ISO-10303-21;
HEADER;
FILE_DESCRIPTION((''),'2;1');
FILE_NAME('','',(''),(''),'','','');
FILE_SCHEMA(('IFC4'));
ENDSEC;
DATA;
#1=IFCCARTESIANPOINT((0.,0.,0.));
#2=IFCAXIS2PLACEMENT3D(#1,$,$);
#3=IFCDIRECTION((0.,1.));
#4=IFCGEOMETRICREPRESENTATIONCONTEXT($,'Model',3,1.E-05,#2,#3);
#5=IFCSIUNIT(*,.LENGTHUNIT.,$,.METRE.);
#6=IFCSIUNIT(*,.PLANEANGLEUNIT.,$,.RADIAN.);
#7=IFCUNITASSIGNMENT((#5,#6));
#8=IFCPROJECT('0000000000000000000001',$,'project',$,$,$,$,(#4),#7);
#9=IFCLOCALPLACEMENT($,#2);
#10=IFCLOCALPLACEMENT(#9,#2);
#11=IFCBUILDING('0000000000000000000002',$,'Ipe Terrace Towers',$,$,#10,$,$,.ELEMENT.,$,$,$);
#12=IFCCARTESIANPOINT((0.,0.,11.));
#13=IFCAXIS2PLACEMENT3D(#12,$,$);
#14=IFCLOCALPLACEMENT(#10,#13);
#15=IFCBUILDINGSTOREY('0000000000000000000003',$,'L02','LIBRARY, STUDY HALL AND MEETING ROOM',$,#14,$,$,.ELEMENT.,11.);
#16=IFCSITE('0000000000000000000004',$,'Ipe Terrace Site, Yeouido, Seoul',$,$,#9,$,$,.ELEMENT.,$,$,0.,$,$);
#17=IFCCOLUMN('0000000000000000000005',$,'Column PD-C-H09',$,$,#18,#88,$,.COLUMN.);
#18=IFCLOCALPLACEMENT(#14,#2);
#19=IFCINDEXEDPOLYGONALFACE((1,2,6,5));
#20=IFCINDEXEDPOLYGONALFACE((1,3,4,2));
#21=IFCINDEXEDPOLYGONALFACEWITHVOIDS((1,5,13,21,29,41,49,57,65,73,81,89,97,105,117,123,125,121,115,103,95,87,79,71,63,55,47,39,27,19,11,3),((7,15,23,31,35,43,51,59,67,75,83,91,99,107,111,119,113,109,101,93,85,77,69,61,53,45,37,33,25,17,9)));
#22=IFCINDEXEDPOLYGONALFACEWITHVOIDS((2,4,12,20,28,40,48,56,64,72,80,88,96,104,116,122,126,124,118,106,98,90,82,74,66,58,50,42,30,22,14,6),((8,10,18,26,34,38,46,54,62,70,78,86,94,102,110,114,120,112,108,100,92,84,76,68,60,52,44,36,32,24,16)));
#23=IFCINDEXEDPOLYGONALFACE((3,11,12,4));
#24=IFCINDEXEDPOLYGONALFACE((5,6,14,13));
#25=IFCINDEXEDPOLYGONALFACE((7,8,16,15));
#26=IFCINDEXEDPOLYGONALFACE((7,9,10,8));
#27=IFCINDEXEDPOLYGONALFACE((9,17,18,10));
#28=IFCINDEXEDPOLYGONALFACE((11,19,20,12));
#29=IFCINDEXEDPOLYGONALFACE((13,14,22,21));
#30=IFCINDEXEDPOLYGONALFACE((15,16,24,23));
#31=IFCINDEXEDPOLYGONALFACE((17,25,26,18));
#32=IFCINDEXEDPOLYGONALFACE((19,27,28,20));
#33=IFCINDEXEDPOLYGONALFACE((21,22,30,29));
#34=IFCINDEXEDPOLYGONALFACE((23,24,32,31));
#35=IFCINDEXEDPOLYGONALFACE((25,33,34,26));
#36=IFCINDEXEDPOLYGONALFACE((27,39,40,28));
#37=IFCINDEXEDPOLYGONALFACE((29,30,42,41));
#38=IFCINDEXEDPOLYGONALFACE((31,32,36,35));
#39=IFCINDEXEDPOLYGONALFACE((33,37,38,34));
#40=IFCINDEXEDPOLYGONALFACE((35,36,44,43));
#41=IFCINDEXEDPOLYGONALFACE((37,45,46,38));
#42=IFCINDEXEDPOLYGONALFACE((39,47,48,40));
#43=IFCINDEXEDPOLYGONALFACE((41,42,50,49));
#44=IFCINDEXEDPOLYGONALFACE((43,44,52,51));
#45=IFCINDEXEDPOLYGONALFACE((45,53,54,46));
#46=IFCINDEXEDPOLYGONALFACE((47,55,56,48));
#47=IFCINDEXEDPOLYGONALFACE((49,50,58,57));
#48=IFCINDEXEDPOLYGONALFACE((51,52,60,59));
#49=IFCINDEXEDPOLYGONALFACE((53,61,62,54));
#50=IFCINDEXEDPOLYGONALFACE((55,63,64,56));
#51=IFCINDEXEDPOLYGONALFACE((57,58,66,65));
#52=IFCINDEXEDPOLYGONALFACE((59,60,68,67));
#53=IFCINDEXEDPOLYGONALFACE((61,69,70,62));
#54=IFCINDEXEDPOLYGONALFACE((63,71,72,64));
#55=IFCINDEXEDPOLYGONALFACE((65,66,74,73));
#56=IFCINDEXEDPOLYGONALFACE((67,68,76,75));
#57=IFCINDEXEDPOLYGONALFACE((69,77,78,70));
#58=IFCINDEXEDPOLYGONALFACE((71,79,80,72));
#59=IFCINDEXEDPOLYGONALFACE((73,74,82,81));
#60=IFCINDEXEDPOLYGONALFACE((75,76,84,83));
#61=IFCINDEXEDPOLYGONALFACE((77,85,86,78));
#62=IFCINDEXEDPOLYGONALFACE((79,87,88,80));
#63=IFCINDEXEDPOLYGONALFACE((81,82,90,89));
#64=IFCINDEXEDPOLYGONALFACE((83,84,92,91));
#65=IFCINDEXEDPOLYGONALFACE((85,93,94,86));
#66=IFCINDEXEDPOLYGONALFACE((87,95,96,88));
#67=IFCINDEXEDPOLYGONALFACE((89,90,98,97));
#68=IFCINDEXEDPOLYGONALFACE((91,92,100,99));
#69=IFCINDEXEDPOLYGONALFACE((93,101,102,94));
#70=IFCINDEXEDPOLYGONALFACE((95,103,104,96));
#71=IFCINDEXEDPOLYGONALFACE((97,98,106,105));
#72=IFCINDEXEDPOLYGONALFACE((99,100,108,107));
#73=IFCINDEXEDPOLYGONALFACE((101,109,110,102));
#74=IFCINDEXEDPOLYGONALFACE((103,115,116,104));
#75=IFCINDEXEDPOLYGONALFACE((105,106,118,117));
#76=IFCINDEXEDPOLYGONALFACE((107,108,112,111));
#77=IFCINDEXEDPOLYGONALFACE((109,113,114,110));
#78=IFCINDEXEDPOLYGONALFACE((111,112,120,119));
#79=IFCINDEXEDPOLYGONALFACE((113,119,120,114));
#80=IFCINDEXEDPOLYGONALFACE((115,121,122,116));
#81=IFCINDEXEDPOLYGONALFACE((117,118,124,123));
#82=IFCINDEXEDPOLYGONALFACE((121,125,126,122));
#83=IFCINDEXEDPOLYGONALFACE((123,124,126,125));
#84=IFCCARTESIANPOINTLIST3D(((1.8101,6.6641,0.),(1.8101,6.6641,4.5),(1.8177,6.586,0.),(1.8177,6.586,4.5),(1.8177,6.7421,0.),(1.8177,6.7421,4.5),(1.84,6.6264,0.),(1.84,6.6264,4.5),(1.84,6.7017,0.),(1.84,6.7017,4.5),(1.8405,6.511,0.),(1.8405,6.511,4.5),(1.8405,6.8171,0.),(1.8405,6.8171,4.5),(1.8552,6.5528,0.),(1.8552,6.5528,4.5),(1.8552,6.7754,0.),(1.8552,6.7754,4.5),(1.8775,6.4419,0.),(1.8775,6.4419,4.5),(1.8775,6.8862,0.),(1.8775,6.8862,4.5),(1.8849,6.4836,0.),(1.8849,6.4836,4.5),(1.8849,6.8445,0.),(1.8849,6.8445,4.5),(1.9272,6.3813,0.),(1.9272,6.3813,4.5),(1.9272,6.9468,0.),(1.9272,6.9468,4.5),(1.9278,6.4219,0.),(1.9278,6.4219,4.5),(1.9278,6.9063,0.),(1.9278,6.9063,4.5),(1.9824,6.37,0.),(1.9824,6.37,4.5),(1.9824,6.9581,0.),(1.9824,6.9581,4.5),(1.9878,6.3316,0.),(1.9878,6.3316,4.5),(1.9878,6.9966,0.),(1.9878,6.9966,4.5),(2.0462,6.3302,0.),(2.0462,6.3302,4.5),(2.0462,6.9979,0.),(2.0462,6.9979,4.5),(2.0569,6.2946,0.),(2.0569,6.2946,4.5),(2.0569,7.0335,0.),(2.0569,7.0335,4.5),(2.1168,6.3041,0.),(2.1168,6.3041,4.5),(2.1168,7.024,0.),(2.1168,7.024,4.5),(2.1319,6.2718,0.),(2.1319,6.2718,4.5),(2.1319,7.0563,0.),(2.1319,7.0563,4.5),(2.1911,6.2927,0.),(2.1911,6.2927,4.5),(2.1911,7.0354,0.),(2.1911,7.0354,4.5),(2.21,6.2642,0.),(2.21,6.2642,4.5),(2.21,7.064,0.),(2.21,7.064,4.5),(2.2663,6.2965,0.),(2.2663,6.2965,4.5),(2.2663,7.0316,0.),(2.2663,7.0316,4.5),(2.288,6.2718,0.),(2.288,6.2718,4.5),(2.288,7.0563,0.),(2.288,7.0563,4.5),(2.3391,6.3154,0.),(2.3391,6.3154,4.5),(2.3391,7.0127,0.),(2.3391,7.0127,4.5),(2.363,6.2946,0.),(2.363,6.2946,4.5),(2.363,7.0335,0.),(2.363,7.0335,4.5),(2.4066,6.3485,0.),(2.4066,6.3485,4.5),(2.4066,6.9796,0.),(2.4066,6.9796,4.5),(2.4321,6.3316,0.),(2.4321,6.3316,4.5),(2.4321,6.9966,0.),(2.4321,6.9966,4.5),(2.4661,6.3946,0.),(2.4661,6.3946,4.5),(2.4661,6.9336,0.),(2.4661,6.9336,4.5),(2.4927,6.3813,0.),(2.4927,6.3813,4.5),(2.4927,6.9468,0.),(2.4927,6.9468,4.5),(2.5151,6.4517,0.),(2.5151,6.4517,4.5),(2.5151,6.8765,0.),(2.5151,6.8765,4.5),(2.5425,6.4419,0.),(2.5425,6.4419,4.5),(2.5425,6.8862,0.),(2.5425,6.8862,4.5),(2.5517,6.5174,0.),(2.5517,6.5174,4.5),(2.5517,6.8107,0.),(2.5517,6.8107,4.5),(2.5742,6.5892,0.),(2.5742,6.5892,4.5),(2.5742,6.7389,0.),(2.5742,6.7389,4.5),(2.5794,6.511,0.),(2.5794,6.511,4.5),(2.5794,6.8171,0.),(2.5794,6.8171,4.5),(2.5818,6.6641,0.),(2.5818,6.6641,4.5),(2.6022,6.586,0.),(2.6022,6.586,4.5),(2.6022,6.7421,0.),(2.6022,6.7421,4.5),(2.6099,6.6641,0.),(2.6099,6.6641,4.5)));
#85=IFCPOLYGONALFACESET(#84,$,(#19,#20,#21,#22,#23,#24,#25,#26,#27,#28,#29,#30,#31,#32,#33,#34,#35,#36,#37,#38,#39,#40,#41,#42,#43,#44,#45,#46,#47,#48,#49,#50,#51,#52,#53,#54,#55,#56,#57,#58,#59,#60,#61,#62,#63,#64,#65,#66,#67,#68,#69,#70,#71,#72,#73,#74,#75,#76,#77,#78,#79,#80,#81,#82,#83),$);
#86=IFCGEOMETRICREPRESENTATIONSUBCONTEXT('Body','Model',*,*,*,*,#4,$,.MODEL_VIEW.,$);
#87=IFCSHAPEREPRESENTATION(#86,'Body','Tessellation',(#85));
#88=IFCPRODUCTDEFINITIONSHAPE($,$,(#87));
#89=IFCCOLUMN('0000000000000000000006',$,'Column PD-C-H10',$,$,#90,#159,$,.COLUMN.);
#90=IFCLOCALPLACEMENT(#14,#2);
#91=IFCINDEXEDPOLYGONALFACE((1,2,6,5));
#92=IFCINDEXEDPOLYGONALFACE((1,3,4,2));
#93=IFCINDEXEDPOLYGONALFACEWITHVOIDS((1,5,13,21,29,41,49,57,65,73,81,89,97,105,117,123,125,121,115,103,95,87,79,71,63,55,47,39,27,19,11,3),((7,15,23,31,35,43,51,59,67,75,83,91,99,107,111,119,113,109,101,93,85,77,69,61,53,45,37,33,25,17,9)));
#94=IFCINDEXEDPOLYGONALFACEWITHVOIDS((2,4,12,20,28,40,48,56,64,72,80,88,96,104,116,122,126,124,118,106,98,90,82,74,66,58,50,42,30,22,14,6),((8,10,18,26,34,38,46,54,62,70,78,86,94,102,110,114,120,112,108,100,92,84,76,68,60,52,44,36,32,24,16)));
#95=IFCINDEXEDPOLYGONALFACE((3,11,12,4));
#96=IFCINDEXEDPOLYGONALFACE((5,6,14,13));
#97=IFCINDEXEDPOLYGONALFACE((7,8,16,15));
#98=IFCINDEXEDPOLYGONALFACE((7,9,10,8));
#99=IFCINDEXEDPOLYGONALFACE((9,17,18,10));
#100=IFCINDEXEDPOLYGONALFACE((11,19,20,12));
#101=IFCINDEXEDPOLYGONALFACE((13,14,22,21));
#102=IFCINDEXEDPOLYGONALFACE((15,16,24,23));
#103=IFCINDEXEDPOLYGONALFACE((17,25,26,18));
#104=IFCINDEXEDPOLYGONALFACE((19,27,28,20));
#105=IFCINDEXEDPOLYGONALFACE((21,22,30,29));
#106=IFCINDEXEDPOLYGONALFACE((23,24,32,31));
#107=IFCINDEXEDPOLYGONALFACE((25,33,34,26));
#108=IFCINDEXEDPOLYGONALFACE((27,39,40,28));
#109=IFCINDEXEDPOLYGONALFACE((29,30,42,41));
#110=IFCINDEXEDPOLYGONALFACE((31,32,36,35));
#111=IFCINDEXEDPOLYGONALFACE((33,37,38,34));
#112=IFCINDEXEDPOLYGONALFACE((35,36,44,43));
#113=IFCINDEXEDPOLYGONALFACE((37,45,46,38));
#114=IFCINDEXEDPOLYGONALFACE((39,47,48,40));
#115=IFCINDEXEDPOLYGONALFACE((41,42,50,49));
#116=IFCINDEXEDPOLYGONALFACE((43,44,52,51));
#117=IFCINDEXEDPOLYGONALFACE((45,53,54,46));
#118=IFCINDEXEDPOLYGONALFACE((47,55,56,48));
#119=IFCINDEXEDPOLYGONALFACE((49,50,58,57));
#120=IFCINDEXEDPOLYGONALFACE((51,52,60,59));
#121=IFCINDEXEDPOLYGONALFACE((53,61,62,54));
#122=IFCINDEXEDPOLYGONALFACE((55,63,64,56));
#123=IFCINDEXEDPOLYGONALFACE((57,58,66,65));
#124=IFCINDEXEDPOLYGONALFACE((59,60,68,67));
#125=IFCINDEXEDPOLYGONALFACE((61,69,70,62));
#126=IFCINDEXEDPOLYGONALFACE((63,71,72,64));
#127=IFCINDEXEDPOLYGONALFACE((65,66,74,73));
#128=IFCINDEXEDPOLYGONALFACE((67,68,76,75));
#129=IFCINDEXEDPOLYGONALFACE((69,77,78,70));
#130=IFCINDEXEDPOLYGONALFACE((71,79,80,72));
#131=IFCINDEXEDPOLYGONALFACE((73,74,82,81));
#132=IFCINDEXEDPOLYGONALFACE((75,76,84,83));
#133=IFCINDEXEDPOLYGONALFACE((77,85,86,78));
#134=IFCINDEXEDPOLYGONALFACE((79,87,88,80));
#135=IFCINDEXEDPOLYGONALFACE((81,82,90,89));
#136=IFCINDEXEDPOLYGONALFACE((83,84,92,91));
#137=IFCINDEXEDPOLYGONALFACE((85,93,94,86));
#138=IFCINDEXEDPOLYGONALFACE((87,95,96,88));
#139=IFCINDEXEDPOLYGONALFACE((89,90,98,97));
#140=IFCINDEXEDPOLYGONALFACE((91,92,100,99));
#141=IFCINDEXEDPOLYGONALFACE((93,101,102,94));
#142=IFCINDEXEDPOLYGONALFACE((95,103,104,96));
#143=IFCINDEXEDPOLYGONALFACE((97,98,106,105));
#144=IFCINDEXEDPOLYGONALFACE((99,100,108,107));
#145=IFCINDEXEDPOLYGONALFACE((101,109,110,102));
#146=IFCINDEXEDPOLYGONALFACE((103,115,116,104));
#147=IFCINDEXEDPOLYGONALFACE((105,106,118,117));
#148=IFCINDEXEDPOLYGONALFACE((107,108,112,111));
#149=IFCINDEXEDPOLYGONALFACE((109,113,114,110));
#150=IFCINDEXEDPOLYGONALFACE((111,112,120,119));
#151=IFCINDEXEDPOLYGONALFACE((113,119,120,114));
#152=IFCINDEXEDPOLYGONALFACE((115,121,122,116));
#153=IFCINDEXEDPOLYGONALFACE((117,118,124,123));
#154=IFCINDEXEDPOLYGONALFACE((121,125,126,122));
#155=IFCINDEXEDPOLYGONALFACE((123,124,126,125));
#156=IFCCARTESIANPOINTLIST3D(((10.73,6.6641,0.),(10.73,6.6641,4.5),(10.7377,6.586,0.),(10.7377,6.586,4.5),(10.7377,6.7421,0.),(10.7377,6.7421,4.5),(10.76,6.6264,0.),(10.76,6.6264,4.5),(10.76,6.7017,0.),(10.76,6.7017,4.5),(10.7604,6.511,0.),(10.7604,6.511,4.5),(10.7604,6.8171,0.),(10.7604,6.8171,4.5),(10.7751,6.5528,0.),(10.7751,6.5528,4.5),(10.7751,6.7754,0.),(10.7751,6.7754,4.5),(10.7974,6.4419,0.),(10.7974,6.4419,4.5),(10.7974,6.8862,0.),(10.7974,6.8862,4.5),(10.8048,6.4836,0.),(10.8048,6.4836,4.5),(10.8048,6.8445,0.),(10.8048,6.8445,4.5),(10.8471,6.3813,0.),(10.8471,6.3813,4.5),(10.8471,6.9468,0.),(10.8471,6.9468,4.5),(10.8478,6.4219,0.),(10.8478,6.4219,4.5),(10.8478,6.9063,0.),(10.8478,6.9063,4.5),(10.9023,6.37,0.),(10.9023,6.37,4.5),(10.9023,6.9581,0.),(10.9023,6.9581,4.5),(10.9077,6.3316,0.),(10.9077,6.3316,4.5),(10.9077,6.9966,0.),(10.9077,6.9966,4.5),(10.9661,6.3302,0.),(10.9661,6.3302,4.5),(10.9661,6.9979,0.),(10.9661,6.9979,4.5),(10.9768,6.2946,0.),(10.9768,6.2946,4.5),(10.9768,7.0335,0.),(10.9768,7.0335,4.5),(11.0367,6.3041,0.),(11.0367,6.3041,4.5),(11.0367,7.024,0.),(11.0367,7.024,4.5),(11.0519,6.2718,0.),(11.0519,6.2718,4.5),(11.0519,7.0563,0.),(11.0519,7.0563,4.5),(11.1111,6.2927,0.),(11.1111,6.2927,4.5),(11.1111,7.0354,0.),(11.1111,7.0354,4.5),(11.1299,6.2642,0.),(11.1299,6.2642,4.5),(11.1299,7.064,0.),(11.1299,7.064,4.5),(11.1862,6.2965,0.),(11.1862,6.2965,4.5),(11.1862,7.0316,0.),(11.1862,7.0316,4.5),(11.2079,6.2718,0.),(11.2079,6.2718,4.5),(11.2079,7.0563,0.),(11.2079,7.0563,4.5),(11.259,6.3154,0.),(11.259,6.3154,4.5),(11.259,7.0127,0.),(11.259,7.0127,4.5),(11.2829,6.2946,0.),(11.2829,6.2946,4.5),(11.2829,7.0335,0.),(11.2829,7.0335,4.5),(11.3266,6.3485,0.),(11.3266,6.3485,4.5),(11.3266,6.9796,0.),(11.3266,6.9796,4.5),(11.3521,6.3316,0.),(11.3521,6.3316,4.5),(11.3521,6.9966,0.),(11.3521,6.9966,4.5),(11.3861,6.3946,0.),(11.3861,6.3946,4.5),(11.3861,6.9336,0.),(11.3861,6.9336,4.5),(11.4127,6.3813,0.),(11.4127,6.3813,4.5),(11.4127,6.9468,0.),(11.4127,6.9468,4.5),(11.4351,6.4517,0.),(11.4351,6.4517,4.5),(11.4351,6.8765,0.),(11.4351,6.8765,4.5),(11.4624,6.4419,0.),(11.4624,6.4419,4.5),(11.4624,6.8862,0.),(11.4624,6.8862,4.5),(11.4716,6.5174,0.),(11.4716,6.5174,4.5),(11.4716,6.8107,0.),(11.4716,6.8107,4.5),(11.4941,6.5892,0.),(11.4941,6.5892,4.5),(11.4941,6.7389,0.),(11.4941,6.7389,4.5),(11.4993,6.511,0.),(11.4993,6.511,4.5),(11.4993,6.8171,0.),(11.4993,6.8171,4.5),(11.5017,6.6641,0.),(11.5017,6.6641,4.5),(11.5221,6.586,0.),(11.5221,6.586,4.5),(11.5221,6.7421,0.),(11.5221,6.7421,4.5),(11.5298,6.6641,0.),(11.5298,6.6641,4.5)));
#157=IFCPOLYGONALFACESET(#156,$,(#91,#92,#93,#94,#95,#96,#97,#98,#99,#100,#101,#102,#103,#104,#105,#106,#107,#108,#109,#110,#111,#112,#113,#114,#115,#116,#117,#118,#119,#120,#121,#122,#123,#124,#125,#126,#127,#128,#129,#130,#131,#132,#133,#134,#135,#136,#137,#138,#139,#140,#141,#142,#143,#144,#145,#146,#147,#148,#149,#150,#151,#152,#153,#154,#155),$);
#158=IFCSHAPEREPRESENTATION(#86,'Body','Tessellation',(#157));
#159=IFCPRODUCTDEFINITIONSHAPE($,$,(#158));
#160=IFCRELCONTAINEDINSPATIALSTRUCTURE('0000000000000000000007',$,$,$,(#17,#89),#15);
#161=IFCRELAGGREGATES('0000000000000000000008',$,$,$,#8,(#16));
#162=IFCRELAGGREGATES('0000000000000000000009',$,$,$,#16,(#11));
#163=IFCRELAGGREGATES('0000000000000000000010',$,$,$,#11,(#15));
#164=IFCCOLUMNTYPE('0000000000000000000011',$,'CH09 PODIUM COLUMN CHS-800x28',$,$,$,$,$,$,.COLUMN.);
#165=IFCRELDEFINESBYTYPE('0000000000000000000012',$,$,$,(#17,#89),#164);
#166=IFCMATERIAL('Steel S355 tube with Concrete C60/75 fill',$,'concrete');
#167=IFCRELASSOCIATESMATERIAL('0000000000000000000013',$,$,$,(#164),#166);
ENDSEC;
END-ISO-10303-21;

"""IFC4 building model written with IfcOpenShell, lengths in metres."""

from ifc_helpers import new_model, si_unit, direction, frame, origin, origin_2d, place, context, subcontext, project, spatial, hollow_circle, extrude, material, material_profile, profile_set, type_object, element, save


model = new_model("IFC4")

# Units and contexts
model_context = context("Model", 3, precision=1e-05, world=origin(), true_north=direction((0.0, 1.0)))
body_context = subcontext(model_context, "Body", "Model", "MODEL_VIEW")
ifc_project = project(units=[si_unit("LENGTHUNIT", "METRE"), si_unit("PLANEANGLEUNIT", "RADIAN")], contexts=[model_context])

# Site, building, storey
site_placement = place(None, origin())
site = spatial("IfcSite", under=ifc_project, at=site_placement, Name="Ipe Terrace Site, Yeouido, Seoul", CompositionType="ELEMENT", RefElevation=0.0)
building_placement = place(site_placement, origin())
building = spatial("IfcBuilding", under=site, at=building_placement, Name="Ipe Terrace Towers", CompositionType="ELEMENT")
storey_placement = place(building_placement, frame((0.0, 0.0, 11.0)))
storey = spatial("IfcBuildingStorey", under=building, at=storey_placement, Name="L02", Description="LIBRARY, STUDY HALL AND MEETING ROOM", CompositionType="ELEMENT", Elevation=11.0)

# Columns
ifc_material_1 = material(Name="Steel S355 tube with Concrete C60/75 fill", Category="concrete")
ifc_material_profile_1 = material_profile(ifc_material_1, hollow_circle(Radius=0.3999, WallThickness=0.0281, at=origin_2d()), Name="CHS-800x28")
ifc_profile_set_1 = profile_set([ifc_material_profile_1], Name="Steel S355 tube with Concrete C60/75 fill")
column_type_1 = type_object("IfcColumnType", Name="CH09 PODIUM COLUMN CHS-800x28", PredefinedType="COLUMN", material=ifc_profile_set_1)
for number, where, z_axis, x_axis, name in (
    (1, (2.21, 6.6641, 0.0), (0.0, 0.0, 1.0), (1.0, 0.0, 0.0), "Column PD-C-H09"),
    (2, (11.1299, 6.6641, 0.0), (0.0, 0.0, 1.0), (1.0, 0.0, 0.0), "Column PD-C-H10"),
):
    element("IfcColumn", number, at=place(storey_placement, frame(where, z_axis=z_axis, x_axis=x_axis)), inside=storey, type_object=column_type_1, Name=name, PredefinedType="COLUMN", context=body_context, shape_type="SweptSolid", body=[
        extrude(hollow_circle(Radius=0.3999, WallThickness=0.0281, at=origin_2d()), origin(), (0.0, 0.0, 1.0), 4.5),
    ])

save(model, "model.ifc")
